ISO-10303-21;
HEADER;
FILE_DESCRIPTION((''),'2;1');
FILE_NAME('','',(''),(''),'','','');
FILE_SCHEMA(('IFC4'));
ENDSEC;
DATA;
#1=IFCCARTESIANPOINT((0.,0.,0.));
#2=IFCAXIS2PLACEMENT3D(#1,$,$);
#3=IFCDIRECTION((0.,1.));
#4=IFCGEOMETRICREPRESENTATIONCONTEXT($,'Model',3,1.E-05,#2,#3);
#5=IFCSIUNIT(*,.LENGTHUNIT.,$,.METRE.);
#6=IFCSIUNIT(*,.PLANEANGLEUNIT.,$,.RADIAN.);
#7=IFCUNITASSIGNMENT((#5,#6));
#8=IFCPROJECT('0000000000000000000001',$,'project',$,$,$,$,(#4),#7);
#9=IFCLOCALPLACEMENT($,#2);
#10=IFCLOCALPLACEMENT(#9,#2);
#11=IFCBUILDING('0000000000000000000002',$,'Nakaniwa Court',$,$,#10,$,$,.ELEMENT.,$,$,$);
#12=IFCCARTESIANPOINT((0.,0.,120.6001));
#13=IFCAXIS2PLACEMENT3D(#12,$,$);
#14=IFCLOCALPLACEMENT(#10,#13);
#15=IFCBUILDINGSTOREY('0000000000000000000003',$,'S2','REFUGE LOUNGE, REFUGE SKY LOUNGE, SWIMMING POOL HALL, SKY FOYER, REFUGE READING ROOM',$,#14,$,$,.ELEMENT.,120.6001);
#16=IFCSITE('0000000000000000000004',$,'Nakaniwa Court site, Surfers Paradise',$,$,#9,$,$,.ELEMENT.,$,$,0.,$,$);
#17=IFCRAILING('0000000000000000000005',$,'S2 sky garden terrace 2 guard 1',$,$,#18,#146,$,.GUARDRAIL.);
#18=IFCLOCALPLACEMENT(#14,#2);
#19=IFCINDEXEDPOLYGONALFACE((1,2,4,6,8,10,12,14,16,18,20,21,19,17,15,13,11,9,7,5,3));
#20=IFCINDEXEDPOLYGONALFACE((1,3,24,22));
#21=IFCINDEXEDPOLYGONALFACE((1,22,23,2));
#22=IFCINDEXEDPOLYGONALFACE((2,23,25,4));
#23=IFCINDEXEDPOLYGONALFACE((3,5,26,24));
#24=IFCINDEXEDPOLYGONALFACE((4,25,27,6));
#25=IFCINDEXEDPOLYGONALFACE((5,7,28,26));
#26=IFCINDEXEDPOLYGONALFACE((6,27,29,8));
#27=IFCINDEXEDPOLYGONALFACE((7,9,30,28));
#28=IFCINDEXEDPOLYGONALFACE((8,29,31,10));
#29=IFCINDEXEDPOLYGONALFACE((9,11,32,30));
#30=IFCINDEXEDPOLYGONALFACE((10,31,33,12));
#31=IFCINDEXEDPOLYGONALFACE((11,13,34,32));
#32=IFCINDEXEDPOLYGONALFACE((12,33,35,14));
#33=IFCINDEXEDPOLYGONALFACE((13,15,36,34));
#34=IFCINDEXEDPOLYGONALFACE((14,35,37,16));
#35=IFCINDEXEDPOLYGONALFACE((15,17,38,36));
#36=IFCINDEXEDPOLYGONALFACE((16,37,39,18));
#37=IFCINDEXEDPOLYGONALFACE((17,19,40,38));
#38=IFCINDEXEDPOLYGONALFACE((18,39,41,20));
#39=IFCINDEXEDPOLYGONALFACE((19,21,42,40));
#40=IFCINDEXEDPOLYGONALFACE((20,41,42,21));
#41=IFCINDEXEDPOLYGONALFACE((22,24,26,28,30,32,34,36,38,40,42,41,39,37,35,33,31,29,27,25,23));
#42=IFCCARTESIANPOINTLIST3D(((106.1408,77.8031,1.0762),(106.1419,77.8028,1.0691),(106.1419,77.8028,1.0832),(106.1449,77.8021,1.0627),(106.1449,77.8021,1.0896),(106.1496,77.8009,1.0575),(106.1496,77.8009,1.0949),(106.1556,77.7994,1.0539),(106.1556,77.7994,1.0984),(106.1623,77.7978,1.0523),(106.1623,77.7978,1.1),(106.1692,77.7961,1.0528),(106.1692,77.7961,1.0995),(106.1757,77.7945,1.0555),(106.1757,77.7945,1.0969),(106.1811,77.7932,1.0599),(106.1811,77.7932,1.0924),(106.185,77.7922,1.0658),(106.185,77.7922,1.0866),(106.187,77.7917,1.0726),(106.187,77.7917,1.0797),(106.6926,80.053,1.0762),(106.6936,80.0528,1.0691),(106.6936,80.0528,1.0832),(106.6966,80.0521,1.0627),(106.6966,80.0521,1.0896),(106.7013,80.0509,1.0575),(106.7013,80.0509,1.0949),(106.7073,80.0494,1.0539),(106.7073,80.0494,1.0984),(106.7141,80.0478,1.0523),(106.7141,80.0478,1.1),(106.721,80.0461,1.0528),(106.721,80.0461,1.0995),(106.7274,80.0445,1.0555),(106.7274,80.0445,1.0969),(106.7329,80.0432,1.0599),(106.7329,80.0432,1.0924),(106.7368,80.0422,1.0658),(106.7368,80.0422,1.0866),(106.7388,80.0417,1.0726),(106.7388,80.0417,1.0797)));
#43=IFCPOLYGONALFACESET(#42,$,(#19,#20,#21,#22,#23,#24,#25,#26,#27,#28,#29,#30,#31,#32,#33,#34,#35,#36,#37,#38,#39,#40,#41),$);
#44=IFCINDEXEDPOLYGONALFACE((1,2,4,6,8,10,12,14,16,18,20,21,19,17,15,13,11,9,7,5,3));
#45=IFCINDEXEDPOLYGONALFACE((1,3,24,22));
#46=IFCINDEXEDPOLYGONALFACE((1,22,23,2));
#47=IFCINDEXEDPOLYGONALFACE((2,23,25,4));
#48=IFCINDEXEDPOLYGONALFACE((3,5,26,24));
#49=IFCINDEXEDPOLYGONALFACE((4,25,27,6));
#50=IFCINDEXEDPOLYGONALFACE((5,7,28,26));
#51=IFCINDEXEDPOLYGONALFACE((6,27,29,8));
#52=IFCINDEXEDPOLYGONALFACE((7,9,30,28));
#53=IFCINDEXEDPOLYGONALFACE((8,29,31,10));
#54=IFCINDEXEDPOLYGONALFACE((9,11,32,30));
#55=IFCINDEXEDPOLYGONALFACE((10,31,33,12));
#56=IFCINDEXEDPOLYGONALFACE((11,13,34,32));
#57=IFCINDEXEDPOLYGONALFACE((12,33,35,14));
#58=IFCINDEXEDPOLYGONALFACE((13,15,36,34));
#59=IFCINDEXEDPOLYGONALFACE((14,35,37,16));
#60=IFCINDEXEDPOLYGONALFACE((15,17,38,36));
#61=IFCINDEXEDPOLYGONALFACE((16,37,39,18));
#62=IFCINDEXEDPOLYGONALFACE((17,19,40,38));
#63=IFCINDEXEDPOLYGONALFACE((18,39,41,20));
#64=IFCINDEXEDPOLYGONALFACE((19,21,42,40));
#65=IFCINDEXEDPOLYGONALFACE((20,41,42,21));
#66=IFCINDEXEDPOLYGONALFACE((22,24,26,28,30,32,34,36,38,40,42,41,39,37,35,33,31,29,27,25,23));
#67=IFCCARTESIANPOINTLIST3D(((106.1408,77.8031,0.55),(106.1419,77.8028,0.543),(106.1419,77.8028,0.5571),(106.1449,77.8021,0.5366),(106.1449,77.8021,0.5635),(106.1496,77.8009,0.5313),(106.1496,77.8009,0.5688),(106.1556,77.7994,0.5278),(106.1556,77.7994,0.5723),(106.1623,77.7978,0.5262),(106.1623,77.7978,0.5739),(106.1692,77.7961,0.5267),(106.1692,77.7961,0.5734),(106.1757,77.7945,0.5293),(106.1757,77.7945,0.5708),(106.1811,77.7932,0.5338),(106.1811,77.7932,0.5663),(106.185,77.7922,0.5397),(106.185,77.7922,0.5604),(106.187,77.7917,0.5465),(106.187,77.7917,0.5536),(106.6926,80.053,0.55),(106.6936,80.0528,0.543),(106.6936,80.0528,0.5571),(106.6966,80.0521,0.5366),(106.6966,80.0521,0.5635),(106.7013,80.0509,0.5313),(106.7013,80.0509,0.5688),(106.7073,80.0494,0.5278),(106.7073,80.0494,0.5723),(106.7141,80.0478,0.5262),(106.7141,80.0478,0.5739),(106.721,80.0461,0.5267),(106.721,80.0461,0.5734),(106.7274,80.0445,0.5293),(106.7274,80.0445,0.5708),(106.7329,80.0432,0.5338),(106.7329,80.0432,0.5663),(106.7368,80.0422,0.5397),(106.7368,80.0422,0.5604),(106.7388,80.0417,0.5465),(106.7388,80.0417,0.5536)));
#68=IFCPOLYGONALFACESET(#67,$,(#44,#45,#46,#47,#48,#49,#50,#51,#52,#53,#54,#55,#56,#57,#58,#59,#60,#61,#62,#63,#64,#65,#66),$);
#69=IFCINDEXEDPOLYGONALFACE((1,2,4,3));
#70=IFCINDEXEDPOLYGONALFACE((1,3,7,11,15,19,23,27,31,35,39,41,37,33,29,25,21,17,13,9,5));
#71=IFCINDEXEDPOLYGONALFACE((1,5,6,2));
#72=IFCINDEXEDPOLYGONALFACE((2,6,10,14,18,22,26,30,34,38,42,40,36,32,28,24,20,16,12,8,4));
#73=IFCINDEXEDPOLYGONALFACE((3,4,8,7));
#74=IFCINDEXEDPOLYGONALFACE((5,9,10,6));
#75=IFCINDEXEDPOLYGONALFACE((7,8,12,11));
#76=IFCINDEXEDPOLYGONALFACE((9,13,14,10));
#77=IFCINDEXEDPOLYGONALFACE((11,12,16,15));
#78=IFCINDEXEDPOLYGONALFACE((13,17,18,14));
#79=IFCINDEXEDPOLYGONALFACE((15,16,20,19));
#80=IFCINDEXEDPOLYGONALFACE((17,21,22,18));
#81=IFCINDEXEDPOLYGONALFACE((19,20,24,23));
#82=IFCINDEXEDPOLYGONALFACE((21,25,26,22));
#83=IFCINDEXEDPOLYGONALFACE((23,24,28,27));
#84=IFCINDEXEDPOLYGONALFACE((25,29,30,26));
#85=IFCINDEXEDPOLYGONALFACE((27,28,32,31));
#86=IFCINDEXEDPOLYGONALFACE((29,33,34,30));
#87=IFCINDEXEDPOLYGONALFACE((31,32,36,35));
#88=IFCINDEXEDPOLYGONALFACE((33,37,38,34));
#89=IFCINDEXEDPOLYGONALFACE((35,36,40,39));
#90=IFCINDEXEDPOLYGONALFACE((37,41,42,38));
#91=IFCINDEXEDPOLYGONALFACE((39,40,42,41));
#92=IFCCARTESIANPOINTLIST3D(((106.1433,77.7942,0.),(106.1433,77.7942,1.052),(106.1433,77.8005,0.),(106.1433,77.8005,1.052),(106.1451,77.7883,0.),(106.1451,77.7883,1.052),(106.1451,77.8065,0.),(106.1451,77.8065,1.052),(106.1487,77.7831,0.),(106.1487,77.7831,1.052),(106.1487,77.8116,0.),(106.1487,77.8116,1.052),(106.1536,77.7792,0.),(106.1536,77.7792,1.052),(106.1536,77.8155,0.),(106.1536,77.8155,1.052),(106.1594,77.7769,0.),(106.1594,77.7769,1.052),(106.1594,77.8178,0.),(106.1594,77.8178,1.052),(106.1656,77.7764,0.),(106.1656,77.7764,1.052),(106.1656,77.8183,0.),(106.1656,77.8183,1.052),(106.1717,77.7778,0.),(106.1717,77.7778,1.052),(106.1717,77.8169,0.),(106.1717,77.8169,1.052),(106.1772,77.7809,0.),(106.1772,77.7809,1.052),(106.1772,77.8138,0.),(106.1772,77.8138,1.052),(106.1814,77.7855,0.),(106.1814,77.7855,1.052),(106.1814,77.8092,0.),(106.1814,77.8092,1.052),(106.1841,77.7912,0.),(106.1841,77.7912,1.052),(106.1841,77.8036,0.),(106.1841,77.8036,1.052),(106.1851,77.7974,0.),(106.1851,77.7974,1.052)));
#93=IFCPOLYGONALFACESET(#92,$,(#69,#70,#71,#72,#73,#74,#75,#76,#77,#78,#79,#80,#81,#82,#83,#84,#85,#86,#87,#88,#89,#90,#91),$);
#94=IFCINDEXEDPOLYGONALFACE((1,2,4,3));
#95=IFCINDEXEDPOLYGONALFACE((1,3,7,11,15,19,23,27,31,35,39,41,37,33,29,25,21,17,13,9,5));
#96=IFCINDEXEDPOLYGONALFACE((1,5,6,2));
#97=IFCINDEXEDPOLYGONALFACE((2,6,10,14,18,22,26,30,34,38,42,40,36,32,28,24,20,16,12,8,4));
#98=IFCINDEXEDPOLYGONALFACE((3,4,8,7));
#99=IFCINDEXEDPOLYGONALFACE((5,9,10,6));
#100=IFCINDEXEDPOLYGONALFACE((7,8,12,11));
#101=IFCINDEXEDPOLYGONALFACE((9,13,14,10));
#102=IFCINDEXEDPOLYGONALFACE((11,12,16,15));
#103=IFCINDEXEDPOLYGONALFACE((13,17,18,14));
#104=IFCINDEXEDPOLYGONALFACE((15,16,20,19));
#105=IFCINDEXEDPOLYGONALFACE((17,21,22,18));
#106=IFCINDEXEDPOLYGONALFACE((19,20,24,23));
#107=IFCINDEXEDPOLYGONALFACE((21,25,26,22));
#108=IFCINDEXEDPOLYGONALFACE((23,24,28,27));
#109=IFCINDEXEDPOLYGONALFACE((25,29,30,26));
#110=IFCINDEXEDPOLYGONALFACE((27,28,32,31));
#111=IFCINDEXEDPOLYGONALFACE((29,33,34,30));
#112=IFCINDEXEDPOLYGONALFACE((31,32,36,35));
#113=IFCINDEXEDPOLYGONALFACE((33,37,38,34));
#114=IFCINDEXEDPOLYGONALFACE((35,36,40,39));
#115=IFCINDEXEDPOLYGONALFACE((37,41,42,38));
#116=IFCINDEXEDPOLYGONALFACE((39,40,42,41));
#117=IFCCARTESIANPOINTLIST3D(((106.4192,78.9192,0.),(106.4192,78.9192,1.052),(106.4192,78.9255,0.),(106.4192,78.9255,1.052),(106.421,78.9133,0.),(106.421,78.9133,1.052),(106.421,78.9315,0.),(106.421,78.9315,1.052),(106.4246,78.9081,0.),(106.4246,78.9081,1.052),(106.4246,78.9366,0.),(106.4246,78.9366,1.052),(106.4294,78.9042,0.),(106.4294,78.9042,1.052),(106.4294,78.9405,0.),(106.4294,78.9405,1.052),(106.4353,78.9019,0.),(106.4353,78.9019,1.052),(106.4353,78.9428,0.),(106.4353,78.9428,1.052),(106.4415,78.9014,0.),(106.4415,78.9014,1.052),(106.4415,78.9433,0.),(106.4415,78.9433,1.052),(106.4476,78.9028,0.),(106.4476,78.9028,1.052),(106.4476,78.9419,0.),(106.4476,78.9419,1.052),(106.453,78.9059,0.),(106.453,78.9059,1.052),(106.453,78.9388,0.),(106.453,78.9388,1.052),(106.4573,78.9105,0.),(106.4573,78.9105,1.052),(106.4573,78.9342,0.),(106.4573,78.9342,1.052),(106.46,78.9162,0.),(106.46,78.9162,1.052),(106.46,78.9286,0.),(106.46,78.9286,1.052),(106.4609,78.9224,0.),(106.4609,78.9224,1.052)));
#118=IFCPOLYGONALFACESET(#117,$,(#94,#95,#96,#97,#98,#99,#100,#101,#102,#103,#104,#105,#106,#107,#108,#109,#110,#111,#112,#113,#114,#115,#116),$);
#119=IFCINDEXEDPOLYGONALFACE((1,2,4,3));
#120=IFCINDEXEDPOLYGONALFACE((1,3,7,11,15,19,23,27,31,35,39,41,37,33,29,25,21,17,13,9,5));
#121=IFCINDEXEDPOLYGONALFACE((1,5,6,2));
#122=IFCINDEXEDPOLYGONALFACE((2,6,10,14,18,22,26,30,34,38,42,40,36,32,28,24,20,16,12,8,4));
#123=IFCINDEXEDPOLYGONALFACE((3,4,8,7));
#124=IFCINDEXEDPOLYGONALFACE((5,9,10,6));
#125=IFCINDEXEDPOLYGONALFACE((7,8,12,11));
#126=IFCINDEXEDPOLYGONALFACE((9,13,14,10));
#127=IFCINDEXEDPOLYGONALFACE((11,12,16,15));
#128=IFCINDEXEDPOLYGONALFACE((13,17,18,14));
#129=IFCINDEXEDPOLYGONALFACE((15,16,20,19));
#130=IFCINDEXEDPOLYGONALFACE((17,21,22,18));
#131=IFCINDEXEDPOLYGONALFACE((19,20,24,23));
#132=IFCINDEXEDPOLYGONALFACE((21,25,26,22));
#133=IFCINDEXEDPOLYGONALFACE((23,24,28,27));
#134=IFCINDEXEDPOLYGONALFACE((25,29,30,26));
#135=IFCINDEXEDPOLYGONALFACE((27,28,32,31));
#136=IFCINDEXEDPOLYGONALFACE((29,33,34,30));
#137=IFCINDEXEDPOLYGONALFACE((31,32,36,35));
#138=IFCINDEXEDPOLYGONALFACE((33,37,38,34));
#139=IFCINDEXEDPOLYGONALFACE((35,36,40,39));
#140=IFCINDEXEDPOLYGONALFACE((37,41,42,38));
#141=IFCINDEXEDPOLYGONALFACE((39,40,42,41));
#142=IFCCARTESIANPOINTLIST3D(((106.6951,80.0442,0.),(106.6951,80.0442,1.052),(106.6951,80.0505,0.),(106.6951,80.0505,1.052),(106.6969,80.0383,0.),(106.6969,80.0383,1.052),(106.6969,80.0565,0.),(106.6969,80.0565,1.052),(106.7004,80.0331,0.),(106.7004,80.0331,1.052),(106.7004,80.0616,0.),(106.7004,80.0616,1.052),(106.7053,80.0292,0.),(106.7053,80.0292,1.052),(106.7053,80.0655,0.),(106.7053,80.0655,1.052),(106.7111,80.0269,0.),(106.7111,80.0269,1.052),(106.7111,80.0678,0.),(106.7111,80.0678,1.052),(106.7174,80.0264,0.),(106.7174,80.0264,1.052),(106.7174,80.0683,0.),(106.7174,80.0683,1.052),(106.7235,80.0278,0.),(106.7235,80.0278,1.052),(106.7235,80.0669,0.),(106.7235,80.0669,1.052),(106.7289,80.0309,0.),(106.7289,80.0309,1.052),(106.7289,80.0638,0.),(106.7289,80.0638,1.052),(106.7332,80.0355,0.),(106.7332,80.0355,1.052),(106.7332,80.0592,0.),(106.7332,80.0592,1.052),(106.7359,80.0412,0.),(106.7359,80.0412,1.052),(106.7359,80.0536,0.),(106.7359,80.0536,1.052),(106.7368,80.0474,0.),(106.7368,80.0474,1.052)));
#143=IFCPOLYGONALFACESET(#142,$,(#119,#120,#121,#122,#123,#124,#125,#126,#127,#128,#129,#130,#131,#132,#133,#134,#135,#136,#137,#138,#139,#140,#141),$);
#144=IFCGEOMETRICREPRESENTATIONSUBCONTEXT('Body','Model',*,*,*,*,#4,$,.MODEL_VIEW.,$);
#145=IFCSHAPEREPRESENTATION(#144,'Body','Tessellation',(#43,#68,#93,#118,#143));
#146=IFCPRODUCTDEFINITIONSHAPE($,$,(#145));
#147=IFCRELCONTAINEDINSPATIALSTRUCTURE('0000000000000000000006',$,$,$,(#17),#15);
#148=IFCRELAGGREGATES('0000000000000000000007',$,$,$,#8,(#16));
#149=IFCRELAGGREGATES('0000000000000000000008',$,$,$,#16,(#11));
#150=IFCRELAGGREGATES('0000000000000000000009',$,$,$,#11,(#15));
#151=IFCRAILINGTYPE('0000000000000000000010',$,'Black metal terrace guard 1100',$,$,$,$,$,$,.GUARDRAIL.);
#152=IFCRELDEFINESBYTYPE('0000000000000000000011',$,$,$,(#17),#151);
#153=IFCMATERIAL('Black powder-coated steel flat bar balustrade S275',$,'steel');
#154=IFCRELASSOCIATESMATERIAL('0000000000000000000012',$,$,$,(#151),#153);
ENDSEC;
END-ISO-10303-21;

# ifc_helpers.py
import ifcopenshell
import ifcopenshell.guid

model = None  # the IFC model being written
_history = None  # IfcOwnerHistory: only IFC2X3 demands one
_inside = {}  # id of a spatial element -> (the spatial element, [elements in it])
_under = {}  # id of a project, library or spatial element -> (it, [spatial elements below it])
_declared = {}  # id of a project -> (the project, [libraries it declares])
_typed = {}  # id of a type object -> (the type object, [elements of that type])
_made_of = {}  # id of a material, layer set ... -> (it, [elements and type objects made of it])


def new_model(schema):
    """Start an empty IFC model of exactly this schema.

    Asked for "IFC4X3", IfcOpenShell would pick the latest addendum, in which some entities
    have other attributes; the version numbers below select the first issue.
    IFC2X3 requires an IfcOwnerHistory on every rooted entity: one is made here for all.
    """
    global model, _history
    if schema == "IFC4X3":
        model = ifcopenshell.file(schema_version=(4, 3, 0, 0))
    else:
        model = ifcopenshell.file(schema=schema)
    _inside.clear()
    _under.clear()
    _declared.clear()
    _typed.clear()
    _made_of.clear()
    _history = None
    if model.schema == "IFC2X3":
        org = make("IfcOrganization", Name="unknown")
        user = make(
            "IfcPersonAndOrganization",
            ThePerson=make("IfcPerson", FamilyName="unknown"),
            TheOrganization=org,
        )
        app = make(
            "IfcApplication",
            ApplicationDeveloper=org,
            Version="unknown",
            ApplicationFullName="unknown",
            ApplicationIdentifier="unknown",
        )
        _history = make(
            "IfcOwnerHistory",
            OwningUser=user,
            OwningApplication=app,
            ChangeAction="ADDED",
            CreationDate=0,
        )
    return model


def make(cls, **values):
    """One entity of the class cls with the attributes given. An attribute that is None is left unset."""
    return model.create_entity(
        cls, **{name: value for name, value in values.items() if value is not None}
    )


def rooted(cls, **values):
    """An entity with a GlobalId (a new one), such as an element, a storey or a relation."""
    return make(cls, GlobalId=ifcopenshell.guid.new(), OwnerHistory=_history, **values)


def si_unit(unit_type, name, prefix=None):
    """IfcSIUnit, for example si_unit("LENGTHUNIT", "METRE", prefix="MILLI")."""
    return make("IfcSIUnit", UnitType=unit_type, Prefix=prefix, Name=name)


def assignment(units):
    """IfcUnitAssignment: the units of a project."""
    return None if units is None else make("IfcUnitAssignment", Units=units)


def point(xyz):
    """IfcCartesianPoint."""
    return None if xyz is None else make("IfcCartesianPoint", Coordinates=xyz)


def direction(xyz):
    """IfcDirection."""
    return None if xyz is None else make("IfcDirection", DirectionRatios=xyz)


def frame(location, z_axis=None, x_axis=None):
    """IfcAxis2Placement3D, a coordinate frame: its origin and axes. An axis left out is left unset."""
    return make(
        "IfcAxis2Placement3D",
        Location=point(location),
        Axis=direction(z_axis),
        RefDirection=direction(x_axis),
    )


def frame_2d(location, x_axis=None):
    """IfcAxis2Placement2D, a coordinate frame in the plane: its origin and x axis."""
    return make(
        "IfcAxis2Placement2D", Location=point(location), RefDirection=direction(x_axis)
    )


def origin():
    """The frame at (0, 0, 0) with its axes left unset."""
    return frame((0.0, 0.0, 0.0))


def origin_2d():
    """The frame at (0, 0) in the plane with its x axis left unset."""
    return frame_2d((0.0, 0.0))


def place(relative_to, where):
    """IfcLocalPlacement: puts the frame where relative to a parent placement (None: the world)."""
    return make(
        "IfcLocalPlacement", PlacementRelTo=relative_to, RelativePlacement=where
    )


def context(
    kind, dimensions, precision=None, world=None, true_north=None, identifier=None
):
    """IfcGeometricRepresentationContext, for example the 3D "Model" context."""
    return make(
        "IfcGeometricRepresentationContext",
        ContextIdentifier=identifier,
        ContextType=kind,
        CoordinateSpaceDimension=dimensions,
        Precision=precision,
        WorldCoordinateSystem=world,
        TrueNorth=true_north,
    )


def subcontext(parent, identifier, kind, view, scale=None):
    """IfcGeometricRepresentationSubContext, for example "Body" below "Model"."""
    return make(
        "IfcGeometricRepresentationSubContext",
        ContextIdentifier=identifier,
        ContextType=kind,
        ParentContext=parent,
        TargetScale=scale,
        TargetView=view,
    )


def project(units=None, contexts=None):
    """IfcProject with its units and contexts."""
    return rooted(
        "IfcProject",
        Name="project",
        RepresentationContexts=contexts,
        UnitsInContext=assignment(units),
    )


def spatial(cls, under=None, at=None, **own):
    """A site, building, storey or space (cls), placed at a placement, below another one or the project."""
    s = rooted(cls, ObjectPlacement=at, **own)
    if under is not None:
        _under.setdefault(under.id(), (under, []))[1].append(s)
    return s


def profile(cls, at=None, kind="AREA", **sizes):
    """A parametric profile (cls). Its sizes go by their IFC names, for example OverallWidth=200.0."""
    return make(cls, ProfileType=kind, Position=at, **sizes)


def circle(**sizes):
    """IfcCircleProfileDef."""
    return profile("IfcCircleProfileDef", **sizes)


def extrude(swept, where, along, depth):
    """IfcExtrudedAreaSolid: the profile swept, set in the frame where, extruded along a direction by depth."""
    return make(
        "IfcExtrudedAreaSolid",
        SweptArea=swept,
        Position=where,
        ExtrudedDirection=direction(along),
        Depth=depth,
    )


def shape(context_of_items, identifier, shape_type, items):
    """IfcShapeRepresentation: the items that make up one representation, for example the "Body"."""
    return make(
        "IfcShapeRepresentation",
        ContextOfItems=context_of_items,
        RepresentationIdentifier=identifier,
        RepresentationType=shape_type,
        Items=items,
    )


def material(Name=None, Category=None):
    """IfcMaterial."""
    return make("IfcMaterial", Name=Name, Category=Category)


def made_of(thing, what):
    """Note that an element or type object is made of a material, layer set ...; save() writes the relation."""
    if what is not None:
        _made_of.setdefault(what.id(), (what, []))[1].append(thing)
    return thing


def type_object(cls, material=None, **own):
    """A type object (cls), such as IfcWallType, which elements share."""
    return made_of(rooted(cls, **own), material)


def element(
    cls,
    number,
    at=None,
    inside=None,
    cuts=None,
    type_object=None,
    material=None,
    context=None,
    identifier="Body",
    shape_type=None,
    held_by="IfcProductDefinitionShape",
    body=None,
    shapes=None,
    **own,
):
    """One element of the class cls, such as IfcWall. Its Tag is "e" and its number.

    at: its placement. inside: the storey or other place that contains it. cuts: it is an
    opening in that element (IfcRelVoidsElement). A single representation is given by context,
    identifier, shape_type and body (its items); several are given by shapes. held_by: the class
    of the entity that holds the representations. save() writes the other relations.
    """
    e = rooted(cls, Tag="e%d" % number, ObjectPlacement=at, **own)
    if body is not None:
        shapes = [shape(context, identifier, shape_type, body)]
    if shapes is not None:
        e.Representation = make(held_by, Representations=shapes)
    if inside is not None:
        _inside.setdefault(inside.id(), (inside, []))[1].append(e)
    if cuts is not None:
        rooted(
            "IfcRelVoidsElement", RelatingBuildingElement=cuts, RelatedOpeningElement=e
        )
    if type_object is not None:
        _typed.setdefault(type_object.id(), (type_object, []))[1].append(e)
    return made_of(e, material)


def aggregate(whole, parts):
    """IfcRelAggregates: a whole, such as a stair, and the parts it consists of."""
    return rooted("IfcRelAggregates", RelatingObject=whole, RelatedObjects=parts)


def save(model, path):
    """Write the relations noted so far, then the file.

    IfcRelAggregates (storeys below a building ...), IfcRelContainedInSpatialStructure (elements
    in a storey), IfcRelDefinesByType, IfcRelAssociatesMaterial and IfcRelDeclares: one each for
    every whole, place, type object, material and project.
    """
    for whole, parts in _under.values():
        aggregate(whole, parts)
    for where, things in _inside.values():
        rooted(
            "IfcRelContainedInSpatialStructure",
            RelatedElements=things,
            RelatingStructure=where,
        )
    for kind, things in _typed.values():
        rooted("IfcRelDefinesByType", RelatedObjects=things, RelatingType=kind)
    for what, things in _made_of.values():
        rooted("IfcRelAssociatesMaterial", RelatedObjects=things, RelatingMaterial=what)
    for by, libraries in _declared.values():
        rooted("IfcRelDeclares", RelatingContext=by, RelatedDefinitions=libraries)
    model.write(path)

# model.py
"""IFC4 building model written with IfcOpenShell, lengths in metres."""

from ifc_helpers import new_model, si_unit, direction, frame, origin, origin_2d, place, context, subcontext, project, spatial, circle, extrude, material, type_object, element, save


model = new_model("IFC4")

# Units and contexts
model_context = context("Model", 3, precision=1e-05, world=origin(), true_north=direction((0.0, 1.0)))
body_context = subcontext(model_context, "Body", "Model", "MODEL_VIEW")
ifc_project = project(units=[si_unit("LENGTHUNIT", "METRE"), si_unit("PLANEANGLEUNIT", "RADIAN")], contexts=[model_context])

# Site, building, storey
site_placement = place(None, origin())
site = spatial("IfcSite", under=ifc_project, at=site_placement, Name="Nakaniwa Court site, Surfers Paradise", CompositionType="ELEMENT", RefElevation=0.0)
building_placement = place(site_placement, origin())
building = spatial("IfcBuilding", under=site, at=building_placement, Name="Nakaniwa Court", CompositionType="ELEMENT")
storey_placement = place(building_placement, frame((0.0, 0.0, 120.6001)))
storey = spatial("IfcBuildingStorey", under=building, at=storey_placement, Name="S2", Description="REFUGE LOUNGE, REFUGE SKY LOUNGE, SWIMMING POOL HALL, SKY FOYER, REFUGE READING ROOM", CompositionType="ELEMENT", Elevation=120.6001)

# Railing
ifc_material_1 = material(Name="Black powder-coated steel flat bar balustrade S275", Category="steel")
railing_type = type_object("IfcRailingType", Name="Black metal terrace guard 1100", PredefinedType="GUARDRAIL", material=ifc_material_1)
railing_1_placement = place(storey_placement, frame((106.1641, 77.7974, 0.0)))
element("IfcRailing", 1, at=railing_1_placement, inside=storey, type_object=railing_type, Name="S2 sky garden terrace 2 guard 1", PredefinedType="GUARDRAIL", context=body_context, shape_type="SweptSolid", body=[
    extrude(circle(Radius=0.0239, at=origin_2d()), frame((0.0, 0.0, 1.0762), z_axis=(0.238169, 0.971224, 0.0), x_axis=(-0.971224, 0.238169, 0.0)), (0.0, 0.0, 1.0), 2.3167),
    extrude(circle(Radius=0.0239, at=origin_2d()), frame((0.0, 0.0, 0.55), z_axis=(0.238169, 0.971224, 0.0), x_axis=(-0.971224, 0.238169, 0.0)), (0.0, 0.0, 1.0), 2.3167),
    extrude(circle(Radius=0.021, at=origin_2d()), origin(), (0.0, 0.0, 1.0), 1.052),
    extrude(circle(Radius=0.021, at=origin_2d()), frame((0.2759, 1.125, 0.0)), (0.0, 0.0, 1.0), 1.052),
    extrude(circle(Radius=0.021, at=origin_2d()), frame((0.5518, 2.25, 0.0)), (0.0, 0.0, 1.0), 1.052),
])

save(model, "model.ifc")
